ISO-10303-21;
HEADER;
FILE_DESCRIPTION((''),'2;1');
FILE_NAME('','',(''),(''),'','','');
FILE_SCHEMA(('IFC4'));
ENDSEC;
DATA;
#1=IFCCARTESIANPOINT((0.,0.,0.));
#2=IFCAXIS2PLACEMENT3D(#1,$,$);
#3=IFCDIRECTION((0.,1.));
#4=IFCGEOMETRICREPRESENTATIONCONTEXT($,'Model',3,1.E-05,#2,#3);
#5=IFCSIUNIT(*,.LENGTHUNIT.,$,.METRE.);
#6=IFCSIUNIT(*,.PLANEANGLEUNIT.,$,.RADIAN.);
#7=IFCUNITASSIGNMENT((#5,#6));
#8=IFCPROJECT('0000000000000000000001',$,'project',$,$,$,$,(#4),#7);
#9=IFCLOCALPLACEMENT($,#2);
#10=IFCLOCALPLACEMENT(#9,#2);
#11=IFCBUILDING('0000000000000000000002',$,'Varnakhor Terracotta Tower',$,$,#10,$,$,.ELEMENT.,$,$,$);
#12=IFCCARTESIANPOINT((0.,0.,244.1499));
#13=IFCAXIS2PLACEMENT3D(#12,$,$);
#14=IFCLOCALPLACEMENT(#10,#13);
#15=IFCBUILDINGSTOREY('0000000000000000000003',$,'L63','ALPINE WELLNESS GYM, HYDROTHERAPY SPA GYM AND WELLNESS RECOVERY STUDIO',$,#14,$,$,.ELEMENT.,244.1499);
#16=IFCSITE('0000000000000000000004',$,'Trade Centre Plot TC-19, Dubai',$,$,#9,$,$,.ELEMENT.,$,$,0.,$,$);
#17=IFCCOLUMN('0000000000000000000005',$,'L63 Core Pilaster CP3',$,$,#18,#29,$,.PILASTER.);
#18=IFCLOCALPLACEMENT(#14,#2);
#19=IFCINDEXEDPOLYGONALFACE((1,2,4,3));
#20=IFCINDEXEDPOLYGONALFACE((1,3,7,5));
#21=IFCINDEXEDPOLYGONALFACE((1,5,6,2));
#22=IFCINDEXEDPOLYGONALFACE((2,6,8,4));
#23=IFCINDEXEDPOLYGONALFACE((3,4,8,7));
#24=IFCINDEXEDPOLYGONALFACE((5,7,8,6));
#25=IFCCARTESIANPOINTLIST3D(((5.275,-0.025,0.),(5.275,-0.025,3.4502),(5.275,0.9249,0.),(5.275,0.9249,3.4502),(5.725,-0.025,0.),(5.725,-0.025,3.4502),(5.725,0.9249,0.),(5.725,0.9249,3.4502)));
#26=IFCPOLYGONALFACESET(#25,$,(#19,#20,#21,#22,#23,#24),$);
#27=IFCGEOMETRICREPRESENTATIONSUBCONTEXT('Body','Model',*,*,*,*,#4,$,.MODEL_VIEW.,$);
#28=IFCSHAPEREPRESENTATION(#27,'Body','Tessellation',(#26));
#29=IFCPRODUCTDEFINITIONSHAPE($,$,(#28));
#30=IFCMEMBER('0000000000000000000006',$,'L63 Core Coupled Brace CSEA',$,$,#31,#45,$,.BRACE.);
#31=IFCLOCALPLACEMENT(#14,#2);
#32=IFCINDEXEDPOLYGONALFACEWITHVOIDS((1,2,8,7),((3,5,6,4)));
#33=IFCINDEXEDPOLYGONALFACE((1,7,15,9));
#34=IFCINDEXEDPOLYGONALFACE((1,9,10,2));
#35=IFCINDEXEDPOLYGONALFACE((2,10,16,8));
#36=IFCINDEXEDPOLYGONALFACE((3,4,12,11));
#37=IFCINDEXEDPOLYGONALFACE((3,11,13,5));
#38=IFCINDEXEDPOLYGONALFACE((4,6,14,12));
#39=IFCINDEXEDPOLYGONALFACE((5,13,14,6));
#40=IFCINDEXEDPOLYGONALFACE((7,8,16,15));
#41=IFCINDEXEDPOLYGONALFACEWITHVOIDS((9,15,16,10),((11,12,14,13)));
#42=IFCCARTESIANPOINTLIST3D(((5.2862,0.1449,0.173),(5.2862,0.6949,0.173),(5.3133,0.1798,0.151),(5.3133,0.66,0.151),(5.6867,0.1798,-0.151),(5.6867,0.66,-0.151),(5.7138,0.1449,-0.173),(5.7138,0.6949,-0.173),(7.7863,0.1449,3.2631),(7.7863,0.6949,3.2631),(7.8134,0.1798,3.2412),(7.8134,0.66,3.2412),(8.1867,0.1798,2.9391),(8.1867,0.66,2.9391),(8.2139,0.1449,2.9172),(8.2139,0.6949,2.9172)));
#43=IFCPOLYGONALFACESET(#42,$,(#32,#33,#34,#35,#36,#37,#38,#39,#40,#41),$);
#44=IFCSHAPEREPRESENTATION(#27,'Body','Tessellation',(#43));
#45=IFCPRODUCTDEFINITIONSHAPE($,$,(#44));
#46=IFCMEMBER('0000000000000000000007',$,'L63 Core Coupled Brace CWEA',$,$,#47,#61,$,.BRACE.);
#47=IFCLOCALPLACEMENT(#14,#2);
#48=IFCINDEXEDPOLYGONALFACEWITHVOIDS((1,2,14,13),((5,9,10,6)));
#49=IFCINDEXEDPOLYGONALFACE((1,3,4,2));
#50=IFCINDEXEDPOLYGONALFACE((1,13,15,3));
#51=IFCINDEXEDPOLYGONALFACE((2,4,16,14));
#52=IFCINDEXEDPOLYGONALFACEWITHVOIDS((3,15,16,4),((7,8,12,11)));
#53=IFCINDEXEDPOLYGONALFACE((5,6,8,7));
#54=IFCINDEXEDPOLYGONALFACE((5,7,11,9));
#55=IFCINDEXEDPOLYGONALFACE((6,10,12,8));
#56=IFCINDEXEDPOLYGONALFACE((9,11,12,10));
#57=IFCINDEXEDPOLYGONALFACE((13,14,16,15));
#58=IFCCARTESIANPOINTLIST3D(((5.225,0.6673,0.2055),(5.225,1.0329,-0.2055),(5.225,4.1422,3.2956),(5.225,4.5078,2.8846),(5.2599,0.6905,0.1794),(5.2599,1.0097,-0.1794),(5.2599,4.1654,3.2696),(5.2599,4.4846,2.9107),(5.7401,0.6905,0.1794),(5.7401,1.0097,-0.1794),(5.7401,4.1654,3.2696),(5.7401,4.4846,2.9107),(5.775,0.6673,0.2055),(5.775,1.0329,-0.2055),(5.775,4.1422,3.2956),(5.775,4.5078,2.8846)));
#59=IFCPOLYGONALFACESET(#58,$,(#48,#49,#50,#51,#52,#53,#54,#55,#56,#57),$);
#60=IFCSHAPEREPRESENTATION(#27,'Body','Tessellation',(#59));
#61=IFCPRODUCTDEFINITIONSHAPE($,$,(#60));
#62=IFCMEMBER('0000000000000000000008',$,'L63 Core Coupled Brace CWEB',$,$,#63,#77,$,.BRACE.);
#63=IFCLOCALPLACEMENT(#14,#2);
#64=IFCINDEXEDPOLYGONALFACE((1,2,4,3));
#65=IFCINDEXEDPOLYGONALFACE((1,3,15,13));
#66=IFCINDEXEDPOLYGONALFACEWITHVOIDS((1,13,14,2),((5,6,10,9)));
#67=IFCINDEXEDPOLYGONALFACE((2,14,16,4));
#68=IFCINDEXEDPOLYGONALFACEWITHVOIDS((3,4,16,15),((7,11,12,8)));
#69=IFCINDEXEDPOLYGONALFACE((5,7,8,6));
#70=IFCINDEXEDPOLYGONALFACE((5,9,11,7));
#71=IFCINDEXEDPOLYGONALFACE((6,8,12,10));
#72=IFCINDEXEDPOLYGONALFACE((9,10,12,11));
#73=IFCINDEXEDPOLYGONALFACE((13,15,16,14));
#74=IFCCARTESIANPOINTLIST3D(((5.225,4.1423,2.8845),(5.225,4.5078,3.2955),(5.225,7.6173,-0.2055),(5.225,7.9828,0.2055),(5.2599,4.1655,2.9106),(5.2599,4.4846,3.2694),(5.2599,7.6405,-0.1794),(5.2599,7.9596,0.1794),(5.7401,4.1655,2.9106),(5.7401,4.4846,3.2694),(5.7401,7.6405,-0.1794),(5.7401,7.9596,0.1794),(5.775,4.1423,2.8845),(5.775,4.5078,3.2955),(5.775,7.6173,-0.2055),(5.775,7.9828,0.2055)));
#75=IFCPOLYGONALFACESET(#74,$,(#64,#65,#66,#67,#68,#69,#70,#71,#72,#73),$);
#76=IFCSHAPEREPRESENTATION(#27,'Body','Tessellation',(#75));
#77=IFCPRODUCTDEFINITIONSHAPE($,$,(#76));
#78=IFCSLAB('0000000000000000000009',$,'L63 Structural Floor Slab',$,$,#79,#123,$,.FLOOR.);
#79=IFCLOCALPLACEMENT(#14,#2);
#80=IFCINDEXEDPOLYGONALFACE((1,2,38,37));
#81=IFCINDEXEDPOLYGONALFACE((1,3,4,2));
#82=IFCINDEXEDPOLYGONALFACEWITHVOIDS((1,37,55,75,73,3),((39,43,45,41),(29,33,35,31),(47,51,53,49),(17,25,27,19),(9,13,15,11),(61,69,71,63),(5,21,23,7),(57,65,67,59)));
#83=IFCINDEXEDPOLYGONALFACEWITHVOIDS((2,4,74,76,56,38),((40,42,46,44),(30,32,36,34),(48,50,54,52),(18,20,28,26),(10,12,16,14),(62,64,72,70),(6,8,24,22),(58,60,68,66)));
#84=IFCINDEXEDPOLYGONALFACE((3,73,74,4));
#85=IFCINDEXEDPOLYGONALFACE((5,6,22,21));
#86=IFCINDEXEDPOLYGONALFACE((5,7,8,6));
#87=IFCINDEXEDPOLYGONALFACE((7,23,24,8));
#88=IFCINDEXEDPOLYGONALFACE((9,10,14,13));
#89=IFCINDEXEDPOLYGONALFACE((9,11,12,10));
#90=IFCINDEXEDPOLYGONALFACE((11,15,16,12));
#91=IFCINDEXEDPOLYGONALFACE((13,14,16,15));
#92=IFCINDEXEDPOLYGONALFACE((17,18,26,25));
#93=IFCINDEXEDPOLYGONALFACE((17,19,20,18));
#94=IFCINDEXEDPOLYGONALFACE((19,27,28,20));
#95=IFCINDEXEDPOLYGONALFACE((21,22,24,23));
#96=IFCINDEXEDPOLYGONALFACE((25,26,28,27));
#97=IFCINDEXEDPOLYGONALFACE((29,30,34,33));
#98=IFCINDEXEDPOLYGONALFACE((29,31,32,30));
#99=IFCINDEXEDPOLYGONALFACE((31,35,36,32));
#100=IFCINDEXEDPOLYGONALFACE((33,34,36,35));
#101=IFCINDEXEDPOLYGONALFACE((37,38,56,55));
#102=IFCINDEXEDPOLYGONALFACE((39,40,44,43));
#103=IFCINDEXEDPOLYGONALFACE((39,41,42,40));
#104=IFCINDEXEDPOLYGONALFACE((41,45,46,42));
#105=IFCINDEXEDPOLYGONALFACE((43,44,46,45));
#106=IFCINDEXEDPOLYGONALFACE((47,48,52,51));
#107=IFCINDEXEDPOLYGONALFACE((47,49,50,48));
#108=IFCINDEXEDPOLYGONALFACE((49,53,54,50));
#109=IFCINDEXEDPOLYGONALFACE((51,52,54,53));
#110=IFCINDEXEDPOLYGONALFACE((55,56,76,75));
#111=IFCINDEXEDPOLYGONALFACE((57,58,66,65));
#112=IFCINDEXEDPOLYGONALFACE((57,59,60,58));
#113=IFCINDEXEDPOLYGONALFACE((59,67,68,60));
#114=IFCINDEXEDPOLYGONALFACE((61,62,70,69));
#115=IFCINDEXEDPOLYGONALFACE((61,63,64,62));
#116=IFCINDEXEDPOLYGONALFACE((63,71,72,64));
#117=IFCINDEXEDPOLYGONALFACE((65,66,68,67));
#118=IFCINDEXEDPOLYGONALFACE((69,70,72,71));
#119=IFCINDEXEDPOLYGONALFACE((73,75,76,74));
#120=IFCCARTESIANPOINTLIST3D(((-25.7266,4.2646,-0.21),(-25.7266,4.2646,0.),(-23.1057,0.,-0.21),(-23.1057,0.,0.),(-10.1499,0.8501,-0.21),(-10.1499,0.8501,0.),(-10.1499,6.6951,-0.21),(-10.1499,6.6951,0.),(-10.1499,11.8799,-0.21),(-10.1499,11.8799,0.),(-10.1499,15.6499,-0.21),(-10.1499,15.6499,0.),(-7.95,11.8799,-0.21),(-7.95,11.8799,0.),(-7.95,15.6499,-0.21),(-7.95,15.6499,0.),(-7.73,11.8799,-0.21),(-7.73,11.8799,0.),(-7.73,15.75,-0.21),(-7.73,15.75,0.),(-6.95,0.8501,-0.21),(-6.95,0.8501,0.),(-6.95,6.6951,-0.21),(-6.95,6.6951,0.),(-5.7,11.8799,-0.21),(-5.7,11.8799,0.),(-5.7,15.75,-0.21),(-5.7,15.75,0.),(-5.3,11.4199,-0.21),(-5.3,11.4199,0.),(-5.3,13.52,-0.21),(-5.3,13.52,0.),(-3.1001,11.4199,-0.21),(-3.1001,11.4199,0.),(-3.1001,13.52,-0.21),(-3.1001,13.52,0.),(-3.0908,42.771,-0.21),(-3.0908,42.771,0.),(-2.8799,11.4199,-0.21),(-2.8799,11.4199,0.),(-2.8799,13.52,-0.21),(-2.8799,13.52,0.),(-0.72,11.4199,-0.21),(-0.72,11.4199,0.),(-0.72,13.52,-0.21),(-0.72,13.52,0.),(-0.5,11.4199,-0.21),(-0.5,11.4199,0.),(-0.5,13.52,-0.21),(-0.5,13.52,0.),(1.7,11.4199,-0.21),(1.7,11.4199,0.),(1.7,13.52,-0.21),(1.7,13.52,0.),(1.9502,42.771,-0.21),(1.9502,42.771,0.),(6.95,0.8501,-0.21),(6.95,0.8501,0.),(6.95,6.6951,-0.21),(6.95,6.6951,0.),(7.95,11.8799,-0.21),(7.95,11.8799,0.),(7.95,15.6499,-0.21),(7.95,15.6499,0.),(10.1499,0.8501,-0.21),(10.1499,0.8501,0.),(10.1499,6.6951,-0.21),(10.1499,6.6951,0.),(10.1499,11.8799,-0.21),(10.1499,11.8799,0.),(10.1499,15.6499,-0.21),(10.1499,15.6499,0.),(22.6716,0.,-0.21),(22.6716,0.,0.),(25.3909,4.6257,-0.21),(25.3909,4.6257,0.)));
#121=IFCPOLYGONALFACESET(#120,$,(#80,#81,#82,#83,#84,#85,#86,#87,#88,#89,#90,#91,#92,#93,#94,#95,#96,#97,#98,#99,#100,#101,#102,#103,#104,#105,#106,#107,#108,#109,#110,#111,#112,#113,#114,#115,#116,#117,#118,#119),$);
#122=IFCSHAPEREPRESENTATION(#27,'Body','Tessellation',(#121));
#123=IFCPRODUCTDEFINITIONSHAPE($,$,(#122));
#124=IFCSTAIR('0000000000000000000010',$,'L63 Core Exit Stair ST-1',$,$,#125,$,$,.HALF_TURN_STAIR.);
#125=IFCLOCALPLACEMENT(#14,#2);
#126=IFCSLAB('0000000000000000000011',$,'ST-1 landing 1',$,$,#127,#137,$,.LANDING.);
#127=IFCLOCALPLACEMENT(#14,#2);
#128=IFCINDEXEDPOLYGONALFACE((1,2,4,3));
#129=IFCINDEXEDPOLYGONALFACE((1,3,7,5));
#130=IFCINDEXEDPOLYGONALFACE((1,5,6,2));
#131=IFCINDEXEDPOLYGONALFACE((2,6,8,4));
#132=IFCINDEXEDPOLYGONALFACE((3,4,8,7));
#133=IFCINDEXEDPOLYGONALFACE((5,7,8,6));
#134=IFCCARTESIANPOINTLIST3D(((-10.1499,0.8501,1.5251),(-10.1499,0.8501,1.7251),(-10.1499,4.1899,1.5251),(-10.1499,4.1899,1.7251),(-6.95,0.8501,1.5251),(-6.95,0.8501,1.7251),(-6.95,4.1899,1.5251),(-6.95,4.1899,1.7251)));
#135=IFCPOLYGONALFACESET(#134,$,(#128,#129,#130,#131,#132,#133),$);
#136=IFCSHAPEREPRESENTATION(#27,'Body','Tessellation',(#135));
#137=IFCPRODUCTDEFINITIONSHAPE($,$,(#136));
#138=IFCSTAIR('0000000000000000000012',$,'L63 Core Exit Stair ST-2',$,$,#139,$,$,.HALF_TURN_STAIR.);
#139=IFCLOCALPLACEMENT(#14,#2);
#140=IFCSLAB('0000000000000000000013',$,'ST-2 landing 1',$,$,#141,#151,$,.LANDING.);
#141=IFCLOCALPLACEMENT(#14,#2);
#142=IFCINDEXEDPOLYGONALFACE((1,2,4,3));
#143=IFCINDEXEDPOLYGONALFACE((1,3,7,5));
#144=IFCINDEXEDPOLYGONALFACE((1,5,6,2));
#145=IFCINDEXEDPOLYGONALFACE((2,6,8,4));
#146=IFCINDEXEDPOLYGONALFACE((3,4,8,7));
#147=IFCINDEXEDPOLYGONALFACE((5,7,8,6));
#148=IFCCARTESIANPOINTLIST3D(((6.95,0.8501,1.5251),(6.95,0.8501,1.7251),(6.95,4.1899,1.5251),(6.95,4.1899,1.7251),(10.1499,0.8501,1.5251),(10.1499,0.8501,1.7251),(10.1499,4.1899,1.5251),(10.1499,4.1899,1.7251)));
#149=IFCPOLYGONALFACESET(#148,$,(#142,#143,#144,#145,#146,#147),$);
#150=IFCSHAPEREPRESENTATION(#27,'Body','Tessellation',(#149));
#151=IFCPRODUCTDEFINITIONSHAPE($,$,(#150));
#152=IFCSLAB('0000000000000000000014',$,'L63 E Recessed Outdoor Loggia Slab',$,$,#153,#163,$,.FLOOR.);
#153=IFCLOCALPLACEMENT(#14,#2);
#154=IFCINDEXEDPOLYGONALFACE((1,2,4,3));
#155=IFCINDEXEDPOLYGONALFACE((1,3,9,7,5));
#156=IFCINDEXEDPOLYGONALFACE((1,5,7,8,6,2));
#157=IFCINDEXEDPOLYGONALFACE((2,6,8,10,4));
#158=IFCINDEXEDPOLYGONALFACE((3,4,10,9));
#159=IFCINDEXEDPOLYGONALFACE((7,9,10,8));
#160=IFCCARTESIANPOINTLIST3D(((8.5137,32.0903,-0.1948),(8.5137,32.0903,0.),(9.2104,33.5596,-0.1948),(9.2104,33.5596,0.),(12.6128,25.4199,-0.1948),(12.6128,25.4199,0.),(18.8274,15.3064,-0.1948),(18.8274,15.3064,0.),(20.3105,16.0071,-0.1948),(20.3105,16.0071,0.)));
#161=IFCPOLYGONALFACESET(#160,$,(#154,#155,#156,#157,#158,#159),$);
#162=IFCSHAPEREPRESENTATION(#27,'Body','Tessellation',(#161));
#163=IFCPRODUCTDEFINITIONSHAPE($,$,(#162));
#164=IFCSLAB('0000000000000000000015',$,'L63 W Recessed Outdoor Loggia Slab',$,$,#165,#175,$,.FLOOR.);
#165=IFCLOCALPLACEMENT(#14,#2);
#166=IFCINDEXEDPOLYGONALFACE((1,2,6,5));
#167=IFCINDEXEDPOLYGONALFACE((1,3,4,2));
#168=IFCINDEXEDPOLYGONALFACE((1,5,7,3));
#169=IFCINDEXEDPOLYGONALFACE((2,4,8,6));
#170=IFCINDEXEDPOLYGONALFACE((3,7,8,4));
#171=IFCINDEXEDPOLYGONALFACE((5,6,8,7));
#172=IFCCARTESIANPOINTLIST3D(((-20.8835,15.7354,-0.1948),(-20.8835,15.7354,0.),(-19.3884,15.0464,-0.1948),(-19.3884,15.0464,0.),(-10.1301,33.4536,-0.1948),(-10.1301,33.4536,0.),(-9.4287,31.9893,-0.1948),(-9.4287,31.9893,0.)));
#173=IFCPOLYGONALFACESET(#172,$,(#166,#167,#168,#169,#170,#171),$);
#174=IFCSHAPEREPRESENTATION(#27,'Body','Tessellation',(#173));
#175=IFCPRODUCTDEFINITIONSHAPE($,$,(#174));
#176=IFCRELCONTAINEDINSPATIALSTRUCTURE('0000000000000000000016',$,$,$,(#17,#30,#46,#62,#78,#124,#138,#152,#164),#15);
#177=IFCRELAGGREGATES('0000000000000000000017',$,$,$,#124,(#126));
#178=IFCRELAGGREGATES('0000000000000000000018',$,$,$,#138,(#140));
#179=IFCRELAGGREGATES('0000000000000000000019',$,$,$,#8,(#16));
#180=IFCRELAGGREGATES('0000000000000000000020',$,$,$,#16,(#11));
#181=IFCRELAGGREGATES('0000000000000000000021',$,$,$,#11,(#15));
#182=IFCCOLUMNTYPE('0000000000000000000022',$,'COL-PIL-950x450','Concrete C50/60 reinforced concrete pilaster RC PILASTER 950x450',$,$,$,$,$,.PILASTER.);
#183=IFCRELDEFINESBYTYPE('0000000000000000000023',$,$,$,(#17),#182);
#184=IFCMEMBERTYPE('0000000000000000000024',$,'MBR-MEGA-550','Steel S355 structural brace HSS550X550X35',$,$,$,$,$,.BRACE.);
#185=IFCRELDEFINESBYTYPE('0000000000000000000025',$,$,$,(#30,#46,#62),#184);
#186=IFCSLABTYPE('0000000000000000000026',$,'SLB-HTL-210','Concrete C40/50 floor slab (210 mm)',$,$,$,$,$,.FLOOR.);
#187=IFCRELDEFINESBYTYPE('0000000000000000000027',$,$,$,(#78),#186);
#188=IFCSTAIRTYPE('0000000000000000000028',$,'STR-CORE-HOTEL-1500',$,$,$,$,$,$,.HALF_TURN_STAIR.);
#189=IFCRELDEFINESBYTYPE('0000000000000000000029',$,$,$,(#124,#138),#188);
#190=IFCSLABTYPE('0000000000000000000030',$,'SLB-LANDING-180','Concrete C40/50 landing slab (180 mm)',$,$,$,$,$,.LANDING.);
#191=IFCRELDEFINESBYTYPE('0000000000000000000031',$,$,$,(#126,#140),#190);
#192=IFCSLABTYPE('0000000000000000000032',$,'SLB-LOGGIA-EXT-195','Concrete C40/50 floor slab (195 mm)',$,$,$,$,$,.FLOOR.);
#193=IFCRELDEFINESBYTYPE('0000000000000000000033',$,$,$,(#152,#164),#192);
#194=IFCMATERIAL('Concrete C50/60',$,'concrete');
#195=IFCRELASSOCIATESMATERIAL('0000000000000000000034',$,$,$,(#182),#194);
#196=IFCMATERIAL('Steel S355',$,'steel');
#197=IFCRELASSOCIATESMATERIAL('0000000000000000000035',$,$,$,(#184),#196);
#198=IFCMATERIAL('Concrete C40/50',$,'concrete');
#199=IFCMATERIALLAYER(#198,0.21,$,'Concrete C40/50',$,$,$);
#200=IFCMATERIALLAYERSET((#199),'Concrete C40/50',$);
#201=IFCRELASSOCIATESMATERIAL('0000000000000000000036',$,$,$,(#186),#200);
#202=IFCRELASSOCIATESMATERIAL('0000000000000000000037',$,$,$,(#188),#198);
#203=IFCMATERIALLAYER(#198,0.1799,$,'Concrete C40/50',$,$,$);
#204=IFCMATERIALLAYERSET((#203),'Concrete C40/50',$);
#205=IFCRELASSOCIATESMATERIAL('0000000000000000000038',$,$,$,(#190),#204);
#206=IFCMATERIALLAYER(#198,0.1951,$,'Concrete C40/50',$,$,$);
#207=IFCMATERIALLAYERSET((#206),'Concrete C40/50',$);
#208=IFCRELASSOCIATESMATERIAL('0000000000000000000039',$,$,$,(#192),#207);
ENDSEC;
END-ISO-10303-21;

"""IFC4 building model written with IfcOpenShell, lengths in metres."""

from ifc_helpers import new_model, si_unit, direction, frame, origin, origin_2d, place, context, subcontext, project, spatial, polyline, rectangle, hollow_rectangle, outline, extrude, source, transform, mapped, material, layer, layer_set, material_profile, profile_set, type_object, element, aggregate, save


model = new_model("IFC4")

# Units and contexts
model_context = context("Model", 3, precision=1e-05, world=origin(), true_north=direction((0.0, 1.0)))
body_context = subcontext(model_context, "Body", "Model", "MODEL_VIEW")
ifc_project = project(units=[si_unit("LENGTHUNIT", "METRE"), si_unit("PLANEANGLEUNIT", "RADIAN")], contexts=[model_context])

# Site, building, storey
site_placement = place(None, origin())
site = spatial("IfcSite", under=ifc_project, at=site_placement, Name="Trade Centre Plot TC-19, Dubai", CompositionType="ELEMENT", RefElevation=0.0)
building_placement = place(site_placement, origin())
building = spatial("IfcBuilding", under=site, at=building_placement, Name="Varnakhor Terracotta Tower", CompositionType="ELEMENT")
storey_placement = place(building_placement, frame((0.0, 0.0, 244.1499)))
storey = spatial("IfcBuildingStorey", under=building, at=storey_placement, Name="L63", Description="ALPINE WELLNESS GYM, HYDROTHERAPY SPA GYM AND WELLNESS RECOVERY STUDIO", CompositionType="ELEMENT", Elevation=244.1499)

# Column
ifc_material_1 = material(Name="Concrete C50/60", Category="concrete")
ifc_material_profile_1 = material_profile(ifc_material_1, rectangle(XDim=0.45, YDim=0.95, at=origin_2d()), Name="RC PILASTER 950x450")
ifc_profile_set_1 = profile_set([ifc_material_profile_1], Name="Concrete C50/60")
column_type = type_object("IfcColumnType", Name="COL-PIL-950x450", Description="Concrete C50/60 reinforced concrete pilaster RC PILASTER 950x450", PredefinedType="PILASTER", material=ifc_profile_set_1)
shared_shape_1 = source(origin(), body_context, "Body", "SweptSolid", [
    extrude(rectangle(XDim=0.45, YDim=0.95, at=origin_2d()), origin(), (0.0, 0.0, 1.0), 3.4502),
])
column_placement = place(storey_placement, frame((5.5, 0.45, 0.0), z_axis=(0.0, 0.0, 1.0), x_axis=(1.0, 0.0, 0.0)))
element("IfcColumn", 1, at=column_placement, inside=storey, type_object=column_type, Name="L63 Core Pilaster CP3", PredefinedType="PILASTER", context=body_context, shape_type="MappedRepresentation", body=[
    mapped(shared_shape_1, transform((0.0, 0.0, 0.0), scale=1.0)),
])

# Members
ifc_material_2 = material(Name="Steel S355", Category="steel")
ifc_material_profile_2 = material_profile(ifc_material_2, hollow_rectangle(XDim=0.55, YDim=0.55, WallThickness=0.0349, at=origin_2d()), Name="HSS550X550X35")
ifc_profile_set_2 = profile_set([ifc_material_profile_2], Name="Steel S355")
member_type = type_object("IfcMemberType", Name="MBR-MEGA-550", Description="Steel S355 structural brace HSS550X550X35", PredefinedType="BRACE", material=ifc_profile_set_2)
shared_shape_2 = source(origin(), body_context, "Body", "SweptSolid", [
    extrude(hollow_rectangle(XDim=0.55, YDim=0.55, WallThickness=0.0349, at=origin_2d()), origin(), (0.0, 0.0, 1.0), 3.9749),
])
member_placement = place(storey_placement, frame((5.5, 0.4199, 0.0), z_axis=(0.62897, 0.0, 0.777429), x_axis=(0.0, 1.0, 0.0)))
element("IfcMember", 2, at=member_placement, inside=storey, type_object=member_type, Name="L63 Core Coupled Brace CSEA", PredefinedType="BRACE", context=body_context, shape_type="MappedRepresentation", body=[
    mapped(shared_shape_2, transform((0.0, 0.0, 0.0), scale=1.0)),
])
shared_shape_3 = source(origin(), body_context, "Body", "SweptSolid", [
    extrude(hollow_rectangle(XDim=0.55, YDim=0.55, WallThickness=0.0349, at=origin_2d()), origin(), (0.0, 0.0, 1.0), 4.6501),
])
for number, where, z_axis, x_axis, name in (
    (3, (5.5, 0.8501, 0.0), (0.0, 0.747267, 0.664524), (-1.0, 0.0, 0.0), "L63 Core Coupled Brace CWEA"),
    (4, (5.5, 7.8, 0.0), (0.0, -0.747291, 0.664497), (1.0, 0.0, 0.0), "L63 Core Coupled Brace CWEB"),
):
    element("IfcMember", number, at=place(storey_placement, frame(where, z_axis=z_axis, x_axis=x_axis)), inside=storey, type_object=member_type, Name=name, PredefinedType="BRACE", context=body_context, shape_type="MappedRepresentation", body=[
        mapped(shared_shape_3, transform((0.0, 0.0, 0.0), scale=1.0)),
    ])

# Slab
ifc_material_3 = material(Name="Concrete C40/50", Category="concrete")
ifc_layer_1 = layer(ifc_material_3, 0.21, Name="Concrete C40/50")
ifc_layer_set_1 = layer_set([ifc_layer_1], Name="Concrete C40/50")
slab_type_1 = type_object("IfcSlabType", Name="SLB-HTL-210", Description="Concrete C40/50 floor slab (210 mm)", PredefinedType="FLOOR", material=ifc_layer_set_1)
slab_1_placement = place(storey_placement, frame((0.0, 0.0, -0.21)))
element("IfcSlab", 5, at=slab_1_placement, inside=storey, type_object=slab_type_1, Name="L63 Structural Floor Slab", PredefinedType="FLOOR", context=body_context, shape_type="SweptSolid", body=[
    extrude(outline(polyline([(-25.7266, 4.2646), (-3.0908, 42.771), (1.9502, 42.771), (25.3909, 4.6257), (22.6716, 0.0), (-23.1057, 0.0), (-25.7266, 4.2646)]), holes=[polyline([(-6.95, 0.8501), (-6.95, 6.6951), (-10.1499, 6.6951), (-10.1499, 0.8501), (-6.95, 0.8501)]), polyline([(10.1499, 0.8501), (10.1499, 6.6951), (6.95, 6.6951), (6.95, 0.8501), (10.1499, 0.8501)]), polyline([(-3.1001, 11.4199), (-3.1001, 13.52), (-5.3, 13.52), (-5.3, 11.4199), (-3.1001, 11.4199)]), polyline([(-0.72, 11.4199), (-0.72, 13.52), (-2.8799, 13.52), (-2.8799, 11.4199), (-0.72, 11.4199)]), polyline([(1.7, 11.4199), (1.7, 13.52), (-0.5, 13.52), (-0.5, 11.4199), (1.7, 11.4199)]), polyline([(-7.95, 11.8799), (-7.95, 15.6499), (-10.1499, 15.6499), (-10.1499, 11.8799), (-7.95, 11.8799)]), polyline([(10.1499, 11.8799), (10.1499, 15.6499), (7.95, 15.6499), (7.95, 11.8799), (10.1499, 11.8799)]), polyline([(-5.7, 11.8799), (-5.7, 15.75), (-7.73, 15.75), (-7.73, 11.8799), (-5.7, 11.8799)])]), origin(), (0.0, 0.0, 1.0), 0.21),
])

# Stairs, slabs
stair_type = type_object("IfcStairType", Name="STR-CORE-HOTEL-1500", PredefinedType="HALF_TURN_STAIR", material=ifc_material_3)
stair_1_placement = place(storey_placement, origin())
stair_1 = element("IfcStair", 6, at=stair_1_placement, inside=storey, type_object=stair_type, Name="L63 Core Exit Stair ST-1", PredefinedType="HALF_TURN_STAIR")
ifc_layer_2 = layer(ifc_material_3, 0.1799, Name="Concrete C40/50")
ifc_layer_set_2 = layer_set([ifc_layer_2], Name="Concrete C40/50")
slab_type_2 = type_object("IfcSlabType", Name="SLB-LANDING-180", Description="Concrete C40/50 landing slab (180 mm)", PredefinedType="LANDING", material=ifc_layer_set_2)
slab_2_placement = place(storey_placement, frame((0.0, 0.0, 1.5251)))
slab_2 = element("IfcSlab", 7, at=slab_2_placement, type_object=slab_type_2, Name="ST-1 landing 1", PredefinedType="LANDING", context=body_context, shape_type="SweptSolid", body=[
    extrude(outline(polyline([(-10.1499, 4.1899), (-10.1499, 0.8501), (-6.95, 0.8501), (-6.95, 4.1899), (-10.1499, 4.1899)])), origin(), (0.0, 0.0, 1.0), 0.2),
])
aggregate(stair_1, [slab_2])
stair_2_placement = place(storey_placement, origin())
stair_2 = element("IfcStair", 8, at=stair_2_placement, inside=storey, type_object=stair_type, Name="L63 Core Exit Stair ST-2", PredefinedType="HALF_TURN_STAIR")
slab_3_placement = place(storey_placement, frame((0.0, 0.0, 1.5251)))
slab_3 = element("IfcSlab", 9, at=slab_3_placement, type_object=slab_type_2, Name="ST-2 landing 1", PredefinedType="LANDING", context=body_context, shape_type="SweptSolid", body=[
    extrude(outline(polyline([(6.95, 4.1899), (6.95, 0.8501), (10.1499, 0.8501), (10.1499, 4.1899), (6.95, 4.1899)])), origin(), (0.0, 0.0, 1.0), 0.2),
])

# Slabs
ifc_layer_3 = layer(ifc_material_3, 0.1951, Name="Concrete C40/50")
ifc_layer_set_3 = layer_set([ifc_layer_3], Name="Concrete C40/50")
slab_type_3 = type_object("IfcSlabType", Name="SLB-LOGGIA-EXT-195", Description="Concrete C40/50 floor slab (195 mm)", PredefinedType="FLOOR", material=ifc_layer_set_3)
slab_4_placement = place(storey_placement, frame((0.0, 0.0, -0.1948)))
element("IfcSlab", 10, at=slab_4_placement, inside=storey, type_object=slab_type_3, Name="L63 E Recessed Outdoor Loggia Slab", PredefinedType="FLOOR", context=body_context, shape_type="SweptSolid", body=[
    extrude(outline(polyline([(9.2104, 33.5596), (20.3105, 16.0071), (18.8274, 15.3064), (12.6128, 25.4199), (8.5137, 32.0903), (9.2104, 33.5596)])), origin(), (0.0, 0.0, 1.0), 0.1948),
])
slab_5_placement = place(storey_placement, frame((0.0, 0.0, -0.1948)))
element("IfcSlab", 11, at=slab_5_placement, inside=storey, type_object=slab_type_3, Name="L63 W Recessed Outdoor Loggia Slab", PredefinedType="FLOOR", context=body_context, shape_type="SweptSolid", body=[
    extrude(outline(polyline([(-20.8835, 15.7354), (-10.1301, 33.4536), (-9.4287, 31.9893), (-19.3884, 15.0464), (-20.8835, 15.7354)])), origin(), (0.0, 0.0, 1.0), 0.1948),
])

aggregate(stair_2, [slab_3])

save(model, "model.ifc")
